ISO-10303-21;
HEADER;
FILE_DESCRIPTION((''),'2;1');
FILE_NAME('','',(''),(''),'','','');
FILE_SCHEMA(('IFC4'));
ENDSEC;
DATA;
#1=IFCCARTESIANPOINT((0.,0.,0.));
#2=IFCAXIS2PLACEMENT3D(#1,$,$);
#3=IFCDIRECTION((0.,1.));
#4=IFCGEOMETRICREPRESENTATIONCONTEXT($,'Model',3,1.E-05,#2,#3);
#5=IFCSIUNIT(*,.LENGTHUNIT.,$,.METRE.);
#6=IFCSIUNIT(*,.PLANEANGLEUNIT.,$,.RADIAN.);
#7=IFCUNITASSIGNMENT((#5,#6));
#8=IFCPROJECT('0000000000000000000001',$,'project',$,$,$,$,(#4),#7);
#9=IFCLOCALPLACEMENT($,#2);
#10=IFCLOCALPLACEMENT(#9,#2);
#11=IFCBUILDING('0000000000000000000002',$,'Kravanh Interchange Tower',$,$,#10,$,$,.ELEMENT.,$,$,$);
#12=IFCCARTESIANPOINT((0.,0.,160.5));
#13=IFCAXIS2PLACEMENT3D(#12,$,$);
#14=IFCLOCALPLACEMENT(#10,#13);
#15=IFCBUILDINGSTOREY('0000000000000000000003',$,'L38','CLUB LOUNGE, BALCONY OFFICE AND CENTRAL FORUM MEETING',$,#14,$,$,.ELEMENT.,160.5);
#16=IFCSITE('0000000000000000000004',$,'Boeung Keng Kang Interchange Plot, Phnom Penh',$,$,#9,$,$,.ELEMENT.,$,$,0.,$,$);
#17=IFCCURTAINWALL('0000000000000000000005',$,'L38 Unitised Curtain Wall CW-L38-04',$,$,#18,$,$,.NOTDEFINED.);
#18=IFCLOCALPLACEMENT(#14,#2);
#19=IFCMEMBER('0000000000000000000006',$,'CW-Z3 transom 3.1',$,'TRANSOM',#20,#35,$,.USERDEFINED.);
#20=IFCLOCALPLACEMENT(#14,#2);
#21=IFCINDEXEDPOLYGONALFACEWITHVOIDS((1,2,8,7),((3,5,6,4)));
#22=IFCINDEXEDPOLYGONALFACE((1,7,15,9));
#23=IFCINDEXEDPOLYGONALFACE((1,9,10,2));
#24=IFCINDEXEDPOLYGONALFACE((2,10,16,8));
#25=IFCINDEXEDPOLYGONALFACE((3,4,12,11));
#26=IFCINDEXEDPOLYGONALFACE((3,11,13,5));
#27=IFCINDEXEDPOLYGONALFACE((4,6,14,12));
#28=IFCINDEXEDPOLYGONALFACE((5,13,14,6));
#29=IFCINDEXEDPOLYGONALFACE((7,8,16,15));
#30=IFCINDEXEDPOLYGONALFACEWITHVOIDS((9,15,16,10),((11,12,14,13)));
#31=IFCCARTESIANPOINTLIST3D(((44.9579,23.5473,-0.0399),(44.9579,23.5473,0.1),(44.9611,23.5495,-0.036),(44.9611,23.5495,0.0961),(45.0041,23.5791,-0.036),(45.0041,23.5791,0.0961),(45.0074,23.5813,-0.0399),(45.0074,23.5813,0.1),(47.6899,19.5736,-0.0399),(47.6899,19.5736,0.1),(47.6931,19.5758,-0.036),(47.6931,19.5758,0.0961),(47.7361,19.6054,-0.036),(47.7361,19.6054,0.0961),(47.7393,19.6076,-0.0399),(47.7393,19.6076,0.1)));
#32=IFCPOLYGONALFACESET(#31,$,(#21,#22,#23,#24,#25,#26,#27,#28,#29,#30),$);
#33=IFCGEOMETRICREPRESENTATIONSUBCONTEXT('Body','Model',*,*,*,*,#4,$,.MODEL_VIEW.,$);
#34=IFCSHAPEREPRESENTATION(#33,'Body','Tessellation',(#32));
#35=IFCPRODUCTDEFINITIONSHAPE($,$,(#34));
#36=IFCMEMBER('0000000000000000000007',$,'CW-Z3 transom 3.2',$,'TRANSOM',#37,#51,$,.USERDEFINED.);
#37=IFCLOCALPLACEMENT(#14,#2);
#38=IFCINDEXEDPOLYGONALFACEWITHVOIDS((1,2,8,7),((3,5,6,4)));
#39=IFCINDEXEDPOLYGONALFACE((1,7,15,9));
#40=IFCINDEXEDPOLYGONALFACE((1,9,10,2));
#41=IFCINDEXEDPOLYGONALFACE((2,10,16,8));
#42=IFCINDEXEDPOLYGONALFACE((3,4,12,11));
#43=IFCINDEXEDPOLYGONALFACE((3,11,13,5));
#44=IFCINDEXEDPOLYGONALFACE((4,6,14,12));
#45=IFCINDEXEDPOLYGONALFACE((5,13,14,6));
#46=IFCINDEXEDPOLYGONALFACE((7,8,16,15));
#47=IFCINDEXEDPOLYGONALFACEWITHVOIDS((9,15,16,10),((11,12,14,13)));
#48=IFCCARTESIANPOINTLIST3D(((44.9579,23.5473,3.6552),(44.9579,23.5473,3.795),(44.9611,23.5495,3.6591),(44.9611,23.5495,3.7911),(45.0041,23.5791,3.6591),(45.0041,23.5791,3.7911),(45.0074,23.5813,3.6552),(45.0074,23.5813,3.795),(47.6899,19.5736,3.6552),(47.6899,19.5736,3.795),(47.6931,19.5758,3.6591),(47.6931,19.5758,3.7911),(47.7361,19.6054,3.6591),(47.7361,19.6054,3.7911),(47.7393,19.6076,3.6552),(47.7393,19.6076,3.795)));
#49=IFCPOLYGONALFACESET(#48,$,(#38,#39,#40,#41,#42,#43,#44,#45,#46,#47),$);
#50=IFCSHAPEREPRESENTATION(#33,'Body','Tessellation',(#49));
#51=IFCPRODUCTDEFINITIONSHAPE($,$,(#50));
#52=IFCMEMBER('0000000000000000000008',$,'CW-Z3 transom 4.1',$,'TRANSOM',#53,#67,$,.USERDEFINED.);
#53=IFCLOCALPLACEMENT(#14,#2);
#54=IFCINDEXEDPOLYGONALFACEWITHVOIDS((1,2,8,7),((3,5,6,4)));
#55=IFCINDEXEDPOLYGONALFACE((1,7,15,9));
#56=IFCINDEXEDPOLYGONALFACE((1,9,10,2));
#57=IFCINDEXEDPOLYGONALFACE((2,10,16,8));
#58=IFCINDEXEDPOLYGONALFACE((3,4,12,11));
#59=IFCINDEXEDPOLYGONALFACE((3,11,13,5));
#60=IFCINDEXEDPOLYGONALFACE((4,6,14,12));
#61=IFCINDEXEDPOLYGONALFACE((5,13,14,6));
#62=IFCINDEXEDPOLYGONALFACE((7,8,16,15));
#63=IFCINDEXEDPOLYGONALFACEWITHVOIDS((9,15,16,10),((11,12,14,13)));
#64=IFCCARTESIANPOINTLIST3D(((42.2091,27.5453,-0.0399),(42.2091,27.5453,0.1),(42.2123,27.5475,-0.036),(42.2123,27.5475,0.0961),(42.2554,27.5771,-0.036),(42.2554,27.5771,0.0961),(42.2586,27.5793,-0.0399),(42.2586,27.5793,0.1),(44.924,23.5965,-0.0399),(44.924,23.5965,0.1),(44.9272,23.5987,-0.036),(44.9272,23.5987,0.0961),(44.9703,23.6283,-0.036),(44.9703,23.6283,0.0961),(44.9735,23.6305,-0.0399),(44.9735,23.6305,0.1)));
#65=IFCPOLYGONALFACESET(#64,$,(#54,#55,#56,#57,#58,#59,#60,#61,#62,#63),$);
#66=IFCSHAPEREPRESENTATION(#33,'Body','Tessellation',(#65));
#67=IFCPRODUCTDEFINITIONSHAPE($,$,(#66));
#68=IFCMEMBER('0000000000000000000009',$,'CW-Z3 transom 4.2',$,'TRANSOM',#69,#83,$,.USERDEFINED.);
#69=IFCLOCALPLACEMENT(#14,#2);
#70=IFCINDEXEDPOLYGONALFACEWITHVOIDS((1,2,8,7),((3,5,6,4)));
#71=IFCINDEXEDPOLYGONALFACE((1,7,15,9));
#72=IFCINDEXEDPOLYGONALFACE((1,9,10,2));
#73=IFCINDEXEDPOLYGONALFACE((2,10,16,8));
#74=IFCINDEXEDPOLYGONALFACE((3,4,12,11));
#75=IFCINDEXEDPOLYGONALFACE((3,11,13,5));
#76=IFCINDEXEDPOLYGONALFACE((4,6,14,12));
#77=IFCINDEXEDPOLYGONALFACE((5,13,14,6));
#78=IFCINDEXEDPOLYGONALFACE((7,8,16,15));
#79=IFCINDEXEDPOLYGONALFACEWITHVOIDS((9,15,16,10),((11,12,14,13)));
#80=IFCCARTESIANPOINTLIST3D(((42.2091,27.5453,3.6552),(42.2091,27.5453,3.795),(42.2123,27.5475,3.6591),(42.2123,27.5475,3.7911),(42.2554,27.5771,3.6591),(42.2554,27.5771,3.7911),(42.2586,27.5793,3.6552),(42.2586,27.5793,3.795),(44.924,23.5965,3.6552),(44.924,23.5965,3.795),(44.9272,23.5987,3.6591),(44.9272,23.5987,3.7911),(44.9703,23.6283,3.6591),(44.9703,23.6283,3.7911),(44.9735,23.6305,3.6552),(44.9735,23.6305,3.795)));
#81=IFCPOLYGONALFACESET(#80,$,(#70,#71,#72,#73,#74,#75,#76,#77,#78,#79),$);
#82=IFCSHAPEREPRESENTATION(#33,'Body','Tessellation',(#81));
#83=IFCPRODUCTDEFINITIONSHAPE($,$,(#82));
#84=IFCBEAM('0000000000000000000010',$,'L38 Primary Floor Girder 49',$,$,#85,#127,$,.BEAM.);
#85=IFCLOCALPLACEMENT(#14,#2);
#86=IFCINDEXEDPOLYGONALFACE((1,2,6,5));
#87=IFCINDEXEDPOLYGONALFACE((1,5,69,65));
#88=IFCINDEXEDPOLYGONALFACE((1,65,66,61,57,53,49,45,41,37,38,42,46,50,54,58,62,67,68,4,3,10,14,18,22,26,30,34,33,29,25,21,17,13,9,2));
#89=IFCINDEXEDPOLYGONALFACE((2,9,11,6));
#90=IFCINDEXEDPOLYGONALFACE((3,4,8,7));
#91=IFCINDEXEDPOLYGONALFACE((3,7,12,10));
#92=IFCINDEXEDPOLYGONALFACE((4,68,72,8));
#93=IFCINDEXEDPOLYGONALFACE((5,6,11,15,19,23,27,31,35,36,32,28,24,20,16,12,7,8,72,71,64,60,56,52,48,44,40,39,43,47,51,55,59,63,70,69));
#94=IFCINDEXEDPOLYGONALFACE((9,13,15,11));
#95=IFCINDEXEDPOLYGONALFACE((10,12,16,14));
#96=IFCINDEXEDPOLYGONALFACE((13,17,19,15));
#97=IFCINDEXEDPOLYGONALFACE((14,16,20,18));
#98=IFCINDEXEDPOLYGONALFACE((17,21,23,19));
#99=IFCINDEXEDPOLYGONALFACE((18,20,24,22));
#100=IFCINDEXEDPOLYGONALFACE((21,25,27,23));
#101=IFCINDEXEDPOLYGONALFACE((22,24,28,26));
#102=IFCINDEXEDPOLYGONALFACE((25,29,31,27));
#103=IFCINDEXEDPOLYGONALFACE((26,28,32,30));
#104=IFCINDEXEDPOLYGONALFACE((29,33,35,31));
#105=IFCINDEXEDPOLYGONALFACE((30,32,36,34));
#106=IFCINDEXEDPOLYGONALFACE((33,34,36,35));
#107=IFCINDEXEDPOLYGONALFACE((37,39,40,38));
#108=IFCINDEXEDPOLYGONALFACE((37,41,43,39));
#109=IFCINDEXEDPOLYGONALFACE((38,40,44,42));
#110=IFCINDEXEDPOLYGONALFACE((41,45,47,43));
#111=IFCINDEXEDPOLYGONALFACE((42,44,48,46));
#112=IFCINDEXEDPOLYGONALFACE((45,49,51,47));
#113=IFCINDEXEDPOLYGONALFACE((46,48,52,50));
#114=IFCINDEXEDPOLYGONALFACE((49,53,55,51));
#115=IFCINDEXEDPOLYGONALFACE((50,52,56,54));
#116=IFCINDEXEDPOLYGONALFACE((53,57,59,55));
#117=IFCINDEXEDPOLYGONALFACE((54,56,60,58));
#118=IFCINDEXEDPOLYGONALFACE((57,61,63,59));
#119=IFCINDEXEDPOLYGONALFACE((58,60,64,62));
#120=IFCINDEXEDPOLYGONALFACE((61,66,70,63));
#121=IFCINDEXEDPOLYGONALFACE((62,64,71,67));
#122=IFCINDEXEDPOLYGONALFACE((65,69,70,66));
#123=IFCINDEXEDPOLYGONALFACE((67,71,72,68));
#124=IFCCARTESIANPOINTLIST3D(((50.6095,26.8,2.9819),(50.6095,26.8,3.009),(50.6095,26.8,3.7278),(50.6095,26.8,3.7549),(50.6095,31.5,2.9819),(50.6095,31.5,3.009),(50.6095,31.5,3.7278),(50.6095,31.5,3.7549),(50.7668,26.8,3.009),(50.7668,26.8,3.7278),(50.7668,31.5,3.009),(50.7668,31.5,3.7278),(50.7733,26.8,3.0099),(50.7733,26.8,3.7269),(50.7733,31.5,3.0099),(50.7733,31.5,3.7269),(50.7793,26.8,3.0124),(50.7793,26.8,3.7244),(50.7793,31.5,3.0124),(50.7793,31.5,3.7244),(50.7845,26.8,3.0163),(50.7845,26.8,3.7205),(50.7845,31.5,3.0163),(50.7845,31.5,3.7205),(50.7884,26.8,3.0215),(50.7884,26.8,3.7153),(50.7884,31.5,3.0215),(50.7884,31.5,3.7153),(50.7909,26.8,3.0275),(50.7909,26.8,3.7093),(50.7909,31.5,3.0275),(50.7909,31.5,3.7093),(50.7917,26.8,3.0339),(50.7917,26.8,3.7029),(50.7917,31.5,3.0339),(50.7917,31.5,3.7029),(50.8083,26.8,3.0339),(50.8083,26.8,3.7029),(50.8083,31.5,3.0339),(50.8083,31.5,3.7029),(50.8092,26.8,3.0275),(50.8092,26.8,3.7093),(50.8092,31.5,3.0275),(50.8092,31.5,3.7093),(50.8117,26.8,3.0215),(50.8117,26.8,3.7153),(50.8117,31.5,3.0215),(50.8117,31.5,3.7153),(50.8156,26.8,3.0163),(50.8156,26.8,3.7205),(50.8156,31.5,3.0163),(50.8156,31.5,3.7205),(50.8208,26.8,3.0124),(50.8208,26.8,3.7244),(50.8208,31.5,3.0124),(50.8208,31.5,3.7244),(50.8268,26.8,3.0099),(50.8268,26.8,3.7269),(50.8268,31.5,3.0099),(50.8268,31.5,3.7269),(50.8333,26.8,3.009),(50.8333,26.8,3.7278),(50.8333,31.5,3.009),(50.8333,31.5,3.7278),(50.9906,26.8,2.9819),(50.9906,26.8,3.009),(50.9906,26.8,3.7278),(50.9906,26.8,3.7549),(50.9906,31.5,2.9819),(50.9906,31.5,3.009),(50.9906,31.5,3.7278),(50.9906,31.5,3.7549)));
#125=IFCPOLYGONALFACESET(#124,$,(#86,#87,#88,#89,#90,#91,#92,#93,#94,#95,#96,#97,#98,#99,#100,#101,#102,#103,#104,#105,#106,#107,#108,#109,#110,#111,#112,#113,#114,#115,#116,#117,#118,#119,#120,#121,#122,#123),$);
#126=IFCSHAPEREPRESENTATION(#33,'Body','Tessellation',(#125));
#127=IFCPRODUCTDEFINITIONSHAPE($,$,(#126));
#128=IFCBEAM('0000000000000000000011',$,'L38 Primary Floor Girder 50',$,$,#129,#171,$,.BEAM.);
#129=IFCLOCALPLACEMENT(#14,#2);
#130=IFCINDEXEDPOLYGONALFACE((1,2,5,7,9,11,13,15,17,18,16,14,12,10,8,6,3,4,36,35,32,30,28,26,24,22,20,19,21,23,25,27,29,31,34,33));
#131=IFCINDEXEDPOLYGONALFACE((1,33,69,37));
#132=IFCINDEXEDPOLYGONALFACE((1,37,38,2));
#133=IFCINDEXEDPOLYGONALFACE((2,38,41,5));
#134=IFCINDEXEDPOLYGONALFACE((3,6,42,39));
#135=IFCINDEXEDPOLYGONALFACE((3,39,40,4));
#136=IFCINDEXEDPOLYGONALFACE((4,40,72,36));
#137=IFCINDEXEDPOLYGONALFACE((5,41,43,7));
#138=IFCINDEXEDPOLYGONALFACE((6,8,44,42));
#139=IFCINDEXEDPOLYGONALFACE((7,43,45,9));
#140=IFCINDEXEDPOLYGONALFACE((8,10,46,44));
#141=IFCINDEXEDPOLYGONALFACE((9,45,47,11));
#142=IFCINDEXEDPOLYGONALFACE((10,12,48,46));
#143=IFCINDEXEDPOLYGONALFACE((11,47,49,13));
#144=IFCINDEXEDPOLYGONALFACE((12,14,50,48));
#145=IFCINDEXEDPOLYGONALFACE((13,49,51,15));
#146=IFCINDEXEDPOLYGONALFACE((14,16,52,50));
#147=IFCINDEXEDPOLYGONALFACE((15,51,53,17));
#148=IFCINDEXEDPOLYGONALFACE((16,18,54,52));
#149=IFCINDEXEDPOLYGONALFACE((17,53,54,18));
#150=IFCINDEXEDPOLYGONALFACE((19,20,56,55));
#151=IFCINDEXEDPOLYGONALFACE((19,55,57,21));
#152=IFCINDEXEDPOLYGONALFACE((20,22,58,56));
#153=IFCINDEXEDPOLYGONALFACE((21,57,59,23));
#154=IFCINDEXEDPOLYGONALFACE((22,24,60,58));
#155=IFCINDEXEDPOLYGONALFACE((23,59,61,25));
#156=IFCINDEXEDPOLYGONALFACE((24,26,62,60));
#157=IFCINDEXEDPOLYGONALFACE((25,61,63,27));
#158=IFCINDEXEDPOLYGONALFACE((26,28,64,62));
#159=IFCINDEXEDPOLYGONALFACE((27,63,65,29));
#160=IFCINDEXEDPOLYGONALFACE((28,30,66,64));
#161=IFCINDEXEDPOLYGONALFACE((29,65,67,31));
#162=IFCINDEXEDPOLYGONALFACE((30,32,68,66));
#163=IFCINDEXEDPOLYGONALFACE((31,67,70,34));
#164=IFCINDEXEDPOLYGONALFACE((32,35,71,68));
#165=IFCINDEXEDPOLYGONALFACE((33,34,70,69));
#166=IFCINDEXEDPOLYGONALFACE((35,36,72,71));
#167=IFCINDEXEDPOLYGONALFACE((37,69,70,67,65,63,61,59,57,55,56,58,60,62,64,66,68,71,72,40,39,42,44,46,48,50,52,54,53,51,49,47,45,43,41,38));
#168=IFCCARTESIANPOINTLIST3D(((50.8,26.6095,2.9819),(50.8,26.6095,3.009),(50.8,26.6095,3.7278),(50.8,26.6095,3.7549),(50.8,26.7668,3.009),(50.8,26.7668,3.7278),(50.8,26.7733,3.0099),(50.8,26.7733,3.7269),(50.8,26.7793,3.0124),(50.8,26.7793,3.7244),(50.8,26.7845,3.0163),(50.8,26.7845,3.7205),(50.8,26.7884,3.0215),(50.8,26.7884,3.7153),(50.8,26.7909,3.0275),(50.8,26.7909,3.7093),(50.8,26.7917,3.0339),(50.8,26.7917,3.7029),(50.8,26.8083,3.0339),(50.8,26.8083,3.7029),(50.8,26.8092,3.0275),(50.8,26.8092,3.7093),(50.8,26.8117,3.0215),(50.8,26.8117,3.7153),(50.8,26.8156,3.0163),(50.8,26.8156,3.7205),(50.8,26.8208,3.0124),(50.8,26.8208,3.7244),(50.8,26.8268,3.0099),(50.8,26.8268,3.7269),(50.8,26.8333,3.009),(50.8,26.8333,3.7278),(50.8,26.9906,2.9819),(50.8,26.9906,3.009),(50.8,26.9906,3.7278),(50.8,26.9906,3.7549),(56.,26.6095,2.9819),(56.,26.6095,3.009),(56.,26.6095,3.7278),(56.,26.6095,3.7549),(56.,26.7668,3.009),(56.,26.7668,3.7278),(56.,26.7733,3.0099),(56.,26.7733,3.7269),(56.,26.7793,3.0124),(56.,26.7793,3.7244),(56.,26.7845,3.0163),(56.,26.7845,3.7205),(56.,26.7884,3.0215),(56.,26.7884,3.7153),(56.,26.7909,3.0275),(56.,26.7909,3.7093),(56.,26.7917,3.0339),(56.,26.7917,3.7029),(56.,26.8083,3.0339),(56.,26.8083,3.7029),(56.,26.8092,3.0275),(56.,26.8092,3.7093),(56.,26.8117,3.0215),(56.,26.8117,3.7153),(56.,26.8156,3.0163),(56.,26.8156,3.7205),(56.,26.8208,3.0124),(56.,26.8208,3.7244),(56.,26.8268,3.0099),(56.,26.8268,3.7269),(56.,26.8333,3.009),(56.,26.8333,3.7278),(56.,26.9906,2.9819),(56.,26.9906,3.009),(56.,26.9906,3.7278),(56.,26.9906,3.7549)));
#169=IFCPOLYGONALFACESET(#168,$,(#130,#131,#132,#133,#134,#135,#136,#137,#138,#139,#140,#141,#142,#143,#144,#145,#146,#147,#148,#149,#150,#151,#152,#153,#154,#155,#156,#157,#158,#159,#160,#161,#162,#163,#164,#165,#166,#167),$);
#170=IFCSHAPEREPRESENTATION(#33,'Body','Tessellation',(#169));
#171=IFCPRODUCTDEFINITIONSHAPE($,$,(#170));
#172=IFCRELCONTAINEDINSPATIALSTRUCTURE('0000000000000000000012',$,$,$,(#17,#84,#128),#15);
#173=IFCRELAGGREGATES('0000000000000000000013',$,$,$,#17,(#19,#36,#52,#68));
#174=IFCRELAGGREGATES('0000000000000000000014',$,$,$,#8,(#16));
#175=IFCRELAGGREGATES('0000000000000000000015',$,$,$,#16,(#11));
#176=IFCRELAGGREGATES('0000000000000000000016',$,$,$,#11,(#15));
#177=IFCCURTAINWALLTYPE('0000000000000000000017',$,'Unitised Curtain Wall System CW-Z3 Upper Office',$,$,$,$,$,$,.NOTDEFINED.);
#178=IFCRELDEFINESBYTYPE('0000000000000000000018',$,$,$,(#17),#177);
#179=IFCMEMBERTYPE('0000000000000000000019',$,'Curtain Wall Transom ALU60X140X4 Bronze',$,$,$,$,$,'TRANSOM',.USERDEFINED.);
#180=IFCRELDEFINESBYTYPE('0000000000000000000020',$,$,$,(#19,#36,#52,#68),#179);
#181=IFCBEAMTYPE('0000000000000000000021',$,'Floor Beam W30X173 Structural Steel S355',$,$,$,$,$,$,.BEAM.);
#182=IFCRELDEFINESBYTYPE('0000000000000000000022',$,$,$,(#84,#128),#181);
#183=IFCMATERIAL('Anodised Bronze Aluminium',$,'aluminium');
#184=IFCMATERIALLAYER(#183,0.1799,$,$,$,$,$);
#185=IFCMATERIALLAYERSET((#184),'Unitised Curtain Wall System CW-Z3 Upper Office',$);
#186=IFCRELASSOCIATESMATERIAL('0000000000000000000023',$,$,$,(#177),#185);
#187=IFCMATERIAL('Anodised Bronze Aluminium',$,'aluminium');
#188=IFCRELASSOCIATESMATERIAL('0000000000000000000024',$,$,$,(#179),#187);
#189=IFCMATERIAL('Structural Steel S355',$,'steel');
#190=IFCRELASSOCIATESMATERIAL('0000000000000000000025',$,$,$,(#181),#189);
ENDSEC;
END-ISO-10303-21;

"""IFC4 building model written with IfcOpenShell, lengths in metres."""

from ifc_helpers import new_model, si_unit, direction, frame, origin, origin_2d, place, context, subcontext, project, spatial, hollow_rectangle, i_section, extrude, material, layer, layer_set, material_profile, profile_set, type_object, element, aggregate, save


model = new_model("IFC4")

# Units and contexts
model_context = context("Model", 3, precision=1e-05, world=origin(), true_north=direction((0.0, 1.0)))
body_context = subcontext(model_context, "Body", "Model", "MODEL_VIEW")
ifc_project = project(units=[si_unit("LENGTHUNIT", "METRE"), si_unit("PLANEANGLEUNIT", "RADIAN")], contexts=[model_context])

# Site, building, storey
site_placement = place(None, origin())
site = spatial("IfcSite", under=ifc_project, at=site_placement, Name="Boeung Keng Kang Interchange Plot, Phnom Penh", CompositionType="ELEMENT", RefElevation=0.0)
building_placement = place(site_placement, origin())
building = spatial("IfcBuilding", under=site, at=building_placement, Name="Kravanh Interchange Tower", CompositionType="ELEMENT")
storey_placement = place(building_placement, frame((0.0, 0.0, 160.5)))
storey = spatial("IfcBuildingStorey", under=building, at=storey_placement, Name="L38", Description="CLUB LOUNGE, BALCONY OFFICE AND CENTRAL FORUM MEETING", CompositionType="ELEMENT", Elevation=160.5)

# Curtain wall
ifc_material_1 = material(Name="Anodised Bronze Aluminium", Category="aluminium")
ifc_layer_1 = layer(ifc_material_1, 0.1799)
ifc_layer_set_1 = layer_set([ifc_layer_1], Name="Unitised Curtain Wall System CW-Z3 Upper Office")
curtain_wall_type = type_object("IfcCurtainWallType", Name="Unitised Curtain Wall System CW-Z3 Upper Office", PredefinedType="NOTDEFINED", material=ifc_layer_set_1)
curtain_wall_1_placement = place(storey_placement, origin())
curtain_wall_1 = element("IfcCurtainWall", 1, at=curtain_wall_1_placement, inside=storey, type_object=curtain_wall_type, Name="L38 Unitised Curtain Wall CW-L38-04", PredefinedType="NOTDEFINED")

# Members
ifc_material_2 = material(Name="Anodised Bronze Aluminium", Category="aluminium")
ifc_material_profile_1 = material_profile(ifc_material_2, hollow_rectangle(XDim=0.0601, YDim=0.1399, WallThickness=0.0039, at=origin_2d()), Name="ALU60X140X4")
ifc_profile_set_1 = profile_set([ifc_material_profile_1], Name="Anodised Bronze Aluminium")
member_type_1 = type_object("IfcMemberType", Name="Curtain Wall Transom ALU60X140X4 Bronze", ElementType="TRANSOM", PredefinedType="USERDEFINED", material=ifc_profile_set_1)
member_1_placement = place(storey_placement, frame((47.7146, 19.5906, 0.03), z_axis=(-0.566537, 0.824036, 0.0), x_axis=(-0.824036, -0.566537, 0.0)))
member_1 = element("IfcMember", 2, at=member_1_placement, type_object=member_type_1, Name="CW-Z3 transom 3.1", ObjectType="TRANSOM", PredefinedType="USERDEFINED", context=body_context, shape_type="SweptSolid", body=[
    extrude(hollow_rectangle(XDim=0.0601, YDim=0.1399, WallThickness=0.0039, at=origin_2d()), origin(), (0.0, 0.0, 1.0), 4.8223),
])
member_2_placement = place(storey_placement, frame((47.7146, 19.5906, 3.7251), z_axis=(-0.566537, 0.824036, 0.0), x_axis=(-0.824036, -0.566537, 0.0)))
member_2 = element("IfcMember", 3, at=member_2_placement, type_object=member_type_1, Name="CW-Z3 transom 3.2", ObjectType="TRANSOM", PredefinedType="USERDEFINED", context=body_context, shape_type="SweptSolid", body=[
    extrude(hollow_rectangle(XDim=0.0601, YDim=0.1399, WallThickness=0.0039, at=origin_2d()), origin(), (0.0, 0.0, 1.0), 4.8223),
])
member_3_placement = place(storey_placement, frame((44.9487, 23.6135, 0.03), z_axis=(-0.566542, 0.824033, 0.0), x_axis=(-0.824033, -0.566542, 0.0)))
member_3 = element("IfcMember", 4, at=member_3_placement, type_object=member_type_1, Name="CW-Z3 transom 4.1", ObjectType="TRANSOM", PredefinedType="USERDEFINED", context=body_context, shape_type="SweptSolid", body=[
    extrude(hollow_rectangle(XDim=0.0601, YDim=0.1399, WallThickness=0.0039, at=origin_2d()), origin(), (0.0, 0.0, 1.0), 4.792),
])
member_4_placement = place(storey_placement, frame((44.9487, 23.6135, 3.7251), z_axis=(-0.566542, 0.824033, 0.0), x_axis=(-0.824033, -0.566542, 0.0)))
member_4 = element("IfcMember", 5, at=member_4_placement, type_object=member_type_1, Name="CW-Z3 transom 4.2", ObjectType="TRANSOM", PredefinedType="USERDEFINED", context=body_context, shape_type="SweptSolid", body=[
    extrude(hollow_rectangle(XDim=0.0601, YDim=0.1399, WallThickness=0.0039, at=origin_2d()), origin(), (0.0, 0.0, 1.0), 4.792),
])

# Beams
ifc_material_3 = material(Name="Structural Steel S355", Category="steel")
ifc_material_profile_2 = material_profile(ifc_material_3, i_section(OverallWidth=0.3811, OverallDepth=0.7729, WebThickness=0.0166, FlangeThickness=0.0271, FilletRadius=0.0249, at=origin_2d()), Name="W30X173")
ifc_profile_set_2 = profile_set([ifc_material_profile_2], Name="Structural Steel S355")
beam_type_1 = type_object("IfcBeamType", Name="Floor Beam W30X173 Structural Steel S355", PredefinedType="BEAM", material=ifc_profile_set_2)
beam_1_placement = place(storey_placement, frame((50.8, 26.8, 3.3684), z_axis=(0.0, 1.0, 0.0), x_axis=(-1.0, 0.0, 0.0)))
element("IfcBeam", 6, at=beam_1_placement, inside=storey, type_object=beam_type_1, Name="L38 Primary Floor Girder 49", PredefinedType="BEAM", context=body_context, shape_type="SweptSolid", body=[
    extrude(i_section(OverallWidth=0.3811, OverallDepth=0.7729, WebThickness=0.0166, FlangeThickness=0.0271, FilletRadius=0.0249, at=origin_2d()), origin(), (0.0, 0.0, 1.0), 4.7),
])
beam_2_placement = place(storey_placement, frame((50.8, 26.8, 3.3684), z_axis=(1.0, 0.0, 0.0), x_axis=(0.0, 1.0, 0.0)))
element("IfcBeam", 7, at=beam_2_placement, inside=storey, type_object=beam_type_1, Name="L38 Primary Floor Girder 50", PredefinedType="BEAM", context=body_context, shape_type="SweptSolid", body=[
    extrude(i_section(OverallWidth=0.3811, OverallDepth=0.7729, WebThickness=0.0166, FlangeThickness=0.0271, FilletRadius=0.0249, at=origin_2d()), origin(), (0.0, 0.0, 1.0), 5.2),
])

aggregate(curtain_wall_1, [member_1, member_2, member_3, member_4])

save(model, "model.ifc")
